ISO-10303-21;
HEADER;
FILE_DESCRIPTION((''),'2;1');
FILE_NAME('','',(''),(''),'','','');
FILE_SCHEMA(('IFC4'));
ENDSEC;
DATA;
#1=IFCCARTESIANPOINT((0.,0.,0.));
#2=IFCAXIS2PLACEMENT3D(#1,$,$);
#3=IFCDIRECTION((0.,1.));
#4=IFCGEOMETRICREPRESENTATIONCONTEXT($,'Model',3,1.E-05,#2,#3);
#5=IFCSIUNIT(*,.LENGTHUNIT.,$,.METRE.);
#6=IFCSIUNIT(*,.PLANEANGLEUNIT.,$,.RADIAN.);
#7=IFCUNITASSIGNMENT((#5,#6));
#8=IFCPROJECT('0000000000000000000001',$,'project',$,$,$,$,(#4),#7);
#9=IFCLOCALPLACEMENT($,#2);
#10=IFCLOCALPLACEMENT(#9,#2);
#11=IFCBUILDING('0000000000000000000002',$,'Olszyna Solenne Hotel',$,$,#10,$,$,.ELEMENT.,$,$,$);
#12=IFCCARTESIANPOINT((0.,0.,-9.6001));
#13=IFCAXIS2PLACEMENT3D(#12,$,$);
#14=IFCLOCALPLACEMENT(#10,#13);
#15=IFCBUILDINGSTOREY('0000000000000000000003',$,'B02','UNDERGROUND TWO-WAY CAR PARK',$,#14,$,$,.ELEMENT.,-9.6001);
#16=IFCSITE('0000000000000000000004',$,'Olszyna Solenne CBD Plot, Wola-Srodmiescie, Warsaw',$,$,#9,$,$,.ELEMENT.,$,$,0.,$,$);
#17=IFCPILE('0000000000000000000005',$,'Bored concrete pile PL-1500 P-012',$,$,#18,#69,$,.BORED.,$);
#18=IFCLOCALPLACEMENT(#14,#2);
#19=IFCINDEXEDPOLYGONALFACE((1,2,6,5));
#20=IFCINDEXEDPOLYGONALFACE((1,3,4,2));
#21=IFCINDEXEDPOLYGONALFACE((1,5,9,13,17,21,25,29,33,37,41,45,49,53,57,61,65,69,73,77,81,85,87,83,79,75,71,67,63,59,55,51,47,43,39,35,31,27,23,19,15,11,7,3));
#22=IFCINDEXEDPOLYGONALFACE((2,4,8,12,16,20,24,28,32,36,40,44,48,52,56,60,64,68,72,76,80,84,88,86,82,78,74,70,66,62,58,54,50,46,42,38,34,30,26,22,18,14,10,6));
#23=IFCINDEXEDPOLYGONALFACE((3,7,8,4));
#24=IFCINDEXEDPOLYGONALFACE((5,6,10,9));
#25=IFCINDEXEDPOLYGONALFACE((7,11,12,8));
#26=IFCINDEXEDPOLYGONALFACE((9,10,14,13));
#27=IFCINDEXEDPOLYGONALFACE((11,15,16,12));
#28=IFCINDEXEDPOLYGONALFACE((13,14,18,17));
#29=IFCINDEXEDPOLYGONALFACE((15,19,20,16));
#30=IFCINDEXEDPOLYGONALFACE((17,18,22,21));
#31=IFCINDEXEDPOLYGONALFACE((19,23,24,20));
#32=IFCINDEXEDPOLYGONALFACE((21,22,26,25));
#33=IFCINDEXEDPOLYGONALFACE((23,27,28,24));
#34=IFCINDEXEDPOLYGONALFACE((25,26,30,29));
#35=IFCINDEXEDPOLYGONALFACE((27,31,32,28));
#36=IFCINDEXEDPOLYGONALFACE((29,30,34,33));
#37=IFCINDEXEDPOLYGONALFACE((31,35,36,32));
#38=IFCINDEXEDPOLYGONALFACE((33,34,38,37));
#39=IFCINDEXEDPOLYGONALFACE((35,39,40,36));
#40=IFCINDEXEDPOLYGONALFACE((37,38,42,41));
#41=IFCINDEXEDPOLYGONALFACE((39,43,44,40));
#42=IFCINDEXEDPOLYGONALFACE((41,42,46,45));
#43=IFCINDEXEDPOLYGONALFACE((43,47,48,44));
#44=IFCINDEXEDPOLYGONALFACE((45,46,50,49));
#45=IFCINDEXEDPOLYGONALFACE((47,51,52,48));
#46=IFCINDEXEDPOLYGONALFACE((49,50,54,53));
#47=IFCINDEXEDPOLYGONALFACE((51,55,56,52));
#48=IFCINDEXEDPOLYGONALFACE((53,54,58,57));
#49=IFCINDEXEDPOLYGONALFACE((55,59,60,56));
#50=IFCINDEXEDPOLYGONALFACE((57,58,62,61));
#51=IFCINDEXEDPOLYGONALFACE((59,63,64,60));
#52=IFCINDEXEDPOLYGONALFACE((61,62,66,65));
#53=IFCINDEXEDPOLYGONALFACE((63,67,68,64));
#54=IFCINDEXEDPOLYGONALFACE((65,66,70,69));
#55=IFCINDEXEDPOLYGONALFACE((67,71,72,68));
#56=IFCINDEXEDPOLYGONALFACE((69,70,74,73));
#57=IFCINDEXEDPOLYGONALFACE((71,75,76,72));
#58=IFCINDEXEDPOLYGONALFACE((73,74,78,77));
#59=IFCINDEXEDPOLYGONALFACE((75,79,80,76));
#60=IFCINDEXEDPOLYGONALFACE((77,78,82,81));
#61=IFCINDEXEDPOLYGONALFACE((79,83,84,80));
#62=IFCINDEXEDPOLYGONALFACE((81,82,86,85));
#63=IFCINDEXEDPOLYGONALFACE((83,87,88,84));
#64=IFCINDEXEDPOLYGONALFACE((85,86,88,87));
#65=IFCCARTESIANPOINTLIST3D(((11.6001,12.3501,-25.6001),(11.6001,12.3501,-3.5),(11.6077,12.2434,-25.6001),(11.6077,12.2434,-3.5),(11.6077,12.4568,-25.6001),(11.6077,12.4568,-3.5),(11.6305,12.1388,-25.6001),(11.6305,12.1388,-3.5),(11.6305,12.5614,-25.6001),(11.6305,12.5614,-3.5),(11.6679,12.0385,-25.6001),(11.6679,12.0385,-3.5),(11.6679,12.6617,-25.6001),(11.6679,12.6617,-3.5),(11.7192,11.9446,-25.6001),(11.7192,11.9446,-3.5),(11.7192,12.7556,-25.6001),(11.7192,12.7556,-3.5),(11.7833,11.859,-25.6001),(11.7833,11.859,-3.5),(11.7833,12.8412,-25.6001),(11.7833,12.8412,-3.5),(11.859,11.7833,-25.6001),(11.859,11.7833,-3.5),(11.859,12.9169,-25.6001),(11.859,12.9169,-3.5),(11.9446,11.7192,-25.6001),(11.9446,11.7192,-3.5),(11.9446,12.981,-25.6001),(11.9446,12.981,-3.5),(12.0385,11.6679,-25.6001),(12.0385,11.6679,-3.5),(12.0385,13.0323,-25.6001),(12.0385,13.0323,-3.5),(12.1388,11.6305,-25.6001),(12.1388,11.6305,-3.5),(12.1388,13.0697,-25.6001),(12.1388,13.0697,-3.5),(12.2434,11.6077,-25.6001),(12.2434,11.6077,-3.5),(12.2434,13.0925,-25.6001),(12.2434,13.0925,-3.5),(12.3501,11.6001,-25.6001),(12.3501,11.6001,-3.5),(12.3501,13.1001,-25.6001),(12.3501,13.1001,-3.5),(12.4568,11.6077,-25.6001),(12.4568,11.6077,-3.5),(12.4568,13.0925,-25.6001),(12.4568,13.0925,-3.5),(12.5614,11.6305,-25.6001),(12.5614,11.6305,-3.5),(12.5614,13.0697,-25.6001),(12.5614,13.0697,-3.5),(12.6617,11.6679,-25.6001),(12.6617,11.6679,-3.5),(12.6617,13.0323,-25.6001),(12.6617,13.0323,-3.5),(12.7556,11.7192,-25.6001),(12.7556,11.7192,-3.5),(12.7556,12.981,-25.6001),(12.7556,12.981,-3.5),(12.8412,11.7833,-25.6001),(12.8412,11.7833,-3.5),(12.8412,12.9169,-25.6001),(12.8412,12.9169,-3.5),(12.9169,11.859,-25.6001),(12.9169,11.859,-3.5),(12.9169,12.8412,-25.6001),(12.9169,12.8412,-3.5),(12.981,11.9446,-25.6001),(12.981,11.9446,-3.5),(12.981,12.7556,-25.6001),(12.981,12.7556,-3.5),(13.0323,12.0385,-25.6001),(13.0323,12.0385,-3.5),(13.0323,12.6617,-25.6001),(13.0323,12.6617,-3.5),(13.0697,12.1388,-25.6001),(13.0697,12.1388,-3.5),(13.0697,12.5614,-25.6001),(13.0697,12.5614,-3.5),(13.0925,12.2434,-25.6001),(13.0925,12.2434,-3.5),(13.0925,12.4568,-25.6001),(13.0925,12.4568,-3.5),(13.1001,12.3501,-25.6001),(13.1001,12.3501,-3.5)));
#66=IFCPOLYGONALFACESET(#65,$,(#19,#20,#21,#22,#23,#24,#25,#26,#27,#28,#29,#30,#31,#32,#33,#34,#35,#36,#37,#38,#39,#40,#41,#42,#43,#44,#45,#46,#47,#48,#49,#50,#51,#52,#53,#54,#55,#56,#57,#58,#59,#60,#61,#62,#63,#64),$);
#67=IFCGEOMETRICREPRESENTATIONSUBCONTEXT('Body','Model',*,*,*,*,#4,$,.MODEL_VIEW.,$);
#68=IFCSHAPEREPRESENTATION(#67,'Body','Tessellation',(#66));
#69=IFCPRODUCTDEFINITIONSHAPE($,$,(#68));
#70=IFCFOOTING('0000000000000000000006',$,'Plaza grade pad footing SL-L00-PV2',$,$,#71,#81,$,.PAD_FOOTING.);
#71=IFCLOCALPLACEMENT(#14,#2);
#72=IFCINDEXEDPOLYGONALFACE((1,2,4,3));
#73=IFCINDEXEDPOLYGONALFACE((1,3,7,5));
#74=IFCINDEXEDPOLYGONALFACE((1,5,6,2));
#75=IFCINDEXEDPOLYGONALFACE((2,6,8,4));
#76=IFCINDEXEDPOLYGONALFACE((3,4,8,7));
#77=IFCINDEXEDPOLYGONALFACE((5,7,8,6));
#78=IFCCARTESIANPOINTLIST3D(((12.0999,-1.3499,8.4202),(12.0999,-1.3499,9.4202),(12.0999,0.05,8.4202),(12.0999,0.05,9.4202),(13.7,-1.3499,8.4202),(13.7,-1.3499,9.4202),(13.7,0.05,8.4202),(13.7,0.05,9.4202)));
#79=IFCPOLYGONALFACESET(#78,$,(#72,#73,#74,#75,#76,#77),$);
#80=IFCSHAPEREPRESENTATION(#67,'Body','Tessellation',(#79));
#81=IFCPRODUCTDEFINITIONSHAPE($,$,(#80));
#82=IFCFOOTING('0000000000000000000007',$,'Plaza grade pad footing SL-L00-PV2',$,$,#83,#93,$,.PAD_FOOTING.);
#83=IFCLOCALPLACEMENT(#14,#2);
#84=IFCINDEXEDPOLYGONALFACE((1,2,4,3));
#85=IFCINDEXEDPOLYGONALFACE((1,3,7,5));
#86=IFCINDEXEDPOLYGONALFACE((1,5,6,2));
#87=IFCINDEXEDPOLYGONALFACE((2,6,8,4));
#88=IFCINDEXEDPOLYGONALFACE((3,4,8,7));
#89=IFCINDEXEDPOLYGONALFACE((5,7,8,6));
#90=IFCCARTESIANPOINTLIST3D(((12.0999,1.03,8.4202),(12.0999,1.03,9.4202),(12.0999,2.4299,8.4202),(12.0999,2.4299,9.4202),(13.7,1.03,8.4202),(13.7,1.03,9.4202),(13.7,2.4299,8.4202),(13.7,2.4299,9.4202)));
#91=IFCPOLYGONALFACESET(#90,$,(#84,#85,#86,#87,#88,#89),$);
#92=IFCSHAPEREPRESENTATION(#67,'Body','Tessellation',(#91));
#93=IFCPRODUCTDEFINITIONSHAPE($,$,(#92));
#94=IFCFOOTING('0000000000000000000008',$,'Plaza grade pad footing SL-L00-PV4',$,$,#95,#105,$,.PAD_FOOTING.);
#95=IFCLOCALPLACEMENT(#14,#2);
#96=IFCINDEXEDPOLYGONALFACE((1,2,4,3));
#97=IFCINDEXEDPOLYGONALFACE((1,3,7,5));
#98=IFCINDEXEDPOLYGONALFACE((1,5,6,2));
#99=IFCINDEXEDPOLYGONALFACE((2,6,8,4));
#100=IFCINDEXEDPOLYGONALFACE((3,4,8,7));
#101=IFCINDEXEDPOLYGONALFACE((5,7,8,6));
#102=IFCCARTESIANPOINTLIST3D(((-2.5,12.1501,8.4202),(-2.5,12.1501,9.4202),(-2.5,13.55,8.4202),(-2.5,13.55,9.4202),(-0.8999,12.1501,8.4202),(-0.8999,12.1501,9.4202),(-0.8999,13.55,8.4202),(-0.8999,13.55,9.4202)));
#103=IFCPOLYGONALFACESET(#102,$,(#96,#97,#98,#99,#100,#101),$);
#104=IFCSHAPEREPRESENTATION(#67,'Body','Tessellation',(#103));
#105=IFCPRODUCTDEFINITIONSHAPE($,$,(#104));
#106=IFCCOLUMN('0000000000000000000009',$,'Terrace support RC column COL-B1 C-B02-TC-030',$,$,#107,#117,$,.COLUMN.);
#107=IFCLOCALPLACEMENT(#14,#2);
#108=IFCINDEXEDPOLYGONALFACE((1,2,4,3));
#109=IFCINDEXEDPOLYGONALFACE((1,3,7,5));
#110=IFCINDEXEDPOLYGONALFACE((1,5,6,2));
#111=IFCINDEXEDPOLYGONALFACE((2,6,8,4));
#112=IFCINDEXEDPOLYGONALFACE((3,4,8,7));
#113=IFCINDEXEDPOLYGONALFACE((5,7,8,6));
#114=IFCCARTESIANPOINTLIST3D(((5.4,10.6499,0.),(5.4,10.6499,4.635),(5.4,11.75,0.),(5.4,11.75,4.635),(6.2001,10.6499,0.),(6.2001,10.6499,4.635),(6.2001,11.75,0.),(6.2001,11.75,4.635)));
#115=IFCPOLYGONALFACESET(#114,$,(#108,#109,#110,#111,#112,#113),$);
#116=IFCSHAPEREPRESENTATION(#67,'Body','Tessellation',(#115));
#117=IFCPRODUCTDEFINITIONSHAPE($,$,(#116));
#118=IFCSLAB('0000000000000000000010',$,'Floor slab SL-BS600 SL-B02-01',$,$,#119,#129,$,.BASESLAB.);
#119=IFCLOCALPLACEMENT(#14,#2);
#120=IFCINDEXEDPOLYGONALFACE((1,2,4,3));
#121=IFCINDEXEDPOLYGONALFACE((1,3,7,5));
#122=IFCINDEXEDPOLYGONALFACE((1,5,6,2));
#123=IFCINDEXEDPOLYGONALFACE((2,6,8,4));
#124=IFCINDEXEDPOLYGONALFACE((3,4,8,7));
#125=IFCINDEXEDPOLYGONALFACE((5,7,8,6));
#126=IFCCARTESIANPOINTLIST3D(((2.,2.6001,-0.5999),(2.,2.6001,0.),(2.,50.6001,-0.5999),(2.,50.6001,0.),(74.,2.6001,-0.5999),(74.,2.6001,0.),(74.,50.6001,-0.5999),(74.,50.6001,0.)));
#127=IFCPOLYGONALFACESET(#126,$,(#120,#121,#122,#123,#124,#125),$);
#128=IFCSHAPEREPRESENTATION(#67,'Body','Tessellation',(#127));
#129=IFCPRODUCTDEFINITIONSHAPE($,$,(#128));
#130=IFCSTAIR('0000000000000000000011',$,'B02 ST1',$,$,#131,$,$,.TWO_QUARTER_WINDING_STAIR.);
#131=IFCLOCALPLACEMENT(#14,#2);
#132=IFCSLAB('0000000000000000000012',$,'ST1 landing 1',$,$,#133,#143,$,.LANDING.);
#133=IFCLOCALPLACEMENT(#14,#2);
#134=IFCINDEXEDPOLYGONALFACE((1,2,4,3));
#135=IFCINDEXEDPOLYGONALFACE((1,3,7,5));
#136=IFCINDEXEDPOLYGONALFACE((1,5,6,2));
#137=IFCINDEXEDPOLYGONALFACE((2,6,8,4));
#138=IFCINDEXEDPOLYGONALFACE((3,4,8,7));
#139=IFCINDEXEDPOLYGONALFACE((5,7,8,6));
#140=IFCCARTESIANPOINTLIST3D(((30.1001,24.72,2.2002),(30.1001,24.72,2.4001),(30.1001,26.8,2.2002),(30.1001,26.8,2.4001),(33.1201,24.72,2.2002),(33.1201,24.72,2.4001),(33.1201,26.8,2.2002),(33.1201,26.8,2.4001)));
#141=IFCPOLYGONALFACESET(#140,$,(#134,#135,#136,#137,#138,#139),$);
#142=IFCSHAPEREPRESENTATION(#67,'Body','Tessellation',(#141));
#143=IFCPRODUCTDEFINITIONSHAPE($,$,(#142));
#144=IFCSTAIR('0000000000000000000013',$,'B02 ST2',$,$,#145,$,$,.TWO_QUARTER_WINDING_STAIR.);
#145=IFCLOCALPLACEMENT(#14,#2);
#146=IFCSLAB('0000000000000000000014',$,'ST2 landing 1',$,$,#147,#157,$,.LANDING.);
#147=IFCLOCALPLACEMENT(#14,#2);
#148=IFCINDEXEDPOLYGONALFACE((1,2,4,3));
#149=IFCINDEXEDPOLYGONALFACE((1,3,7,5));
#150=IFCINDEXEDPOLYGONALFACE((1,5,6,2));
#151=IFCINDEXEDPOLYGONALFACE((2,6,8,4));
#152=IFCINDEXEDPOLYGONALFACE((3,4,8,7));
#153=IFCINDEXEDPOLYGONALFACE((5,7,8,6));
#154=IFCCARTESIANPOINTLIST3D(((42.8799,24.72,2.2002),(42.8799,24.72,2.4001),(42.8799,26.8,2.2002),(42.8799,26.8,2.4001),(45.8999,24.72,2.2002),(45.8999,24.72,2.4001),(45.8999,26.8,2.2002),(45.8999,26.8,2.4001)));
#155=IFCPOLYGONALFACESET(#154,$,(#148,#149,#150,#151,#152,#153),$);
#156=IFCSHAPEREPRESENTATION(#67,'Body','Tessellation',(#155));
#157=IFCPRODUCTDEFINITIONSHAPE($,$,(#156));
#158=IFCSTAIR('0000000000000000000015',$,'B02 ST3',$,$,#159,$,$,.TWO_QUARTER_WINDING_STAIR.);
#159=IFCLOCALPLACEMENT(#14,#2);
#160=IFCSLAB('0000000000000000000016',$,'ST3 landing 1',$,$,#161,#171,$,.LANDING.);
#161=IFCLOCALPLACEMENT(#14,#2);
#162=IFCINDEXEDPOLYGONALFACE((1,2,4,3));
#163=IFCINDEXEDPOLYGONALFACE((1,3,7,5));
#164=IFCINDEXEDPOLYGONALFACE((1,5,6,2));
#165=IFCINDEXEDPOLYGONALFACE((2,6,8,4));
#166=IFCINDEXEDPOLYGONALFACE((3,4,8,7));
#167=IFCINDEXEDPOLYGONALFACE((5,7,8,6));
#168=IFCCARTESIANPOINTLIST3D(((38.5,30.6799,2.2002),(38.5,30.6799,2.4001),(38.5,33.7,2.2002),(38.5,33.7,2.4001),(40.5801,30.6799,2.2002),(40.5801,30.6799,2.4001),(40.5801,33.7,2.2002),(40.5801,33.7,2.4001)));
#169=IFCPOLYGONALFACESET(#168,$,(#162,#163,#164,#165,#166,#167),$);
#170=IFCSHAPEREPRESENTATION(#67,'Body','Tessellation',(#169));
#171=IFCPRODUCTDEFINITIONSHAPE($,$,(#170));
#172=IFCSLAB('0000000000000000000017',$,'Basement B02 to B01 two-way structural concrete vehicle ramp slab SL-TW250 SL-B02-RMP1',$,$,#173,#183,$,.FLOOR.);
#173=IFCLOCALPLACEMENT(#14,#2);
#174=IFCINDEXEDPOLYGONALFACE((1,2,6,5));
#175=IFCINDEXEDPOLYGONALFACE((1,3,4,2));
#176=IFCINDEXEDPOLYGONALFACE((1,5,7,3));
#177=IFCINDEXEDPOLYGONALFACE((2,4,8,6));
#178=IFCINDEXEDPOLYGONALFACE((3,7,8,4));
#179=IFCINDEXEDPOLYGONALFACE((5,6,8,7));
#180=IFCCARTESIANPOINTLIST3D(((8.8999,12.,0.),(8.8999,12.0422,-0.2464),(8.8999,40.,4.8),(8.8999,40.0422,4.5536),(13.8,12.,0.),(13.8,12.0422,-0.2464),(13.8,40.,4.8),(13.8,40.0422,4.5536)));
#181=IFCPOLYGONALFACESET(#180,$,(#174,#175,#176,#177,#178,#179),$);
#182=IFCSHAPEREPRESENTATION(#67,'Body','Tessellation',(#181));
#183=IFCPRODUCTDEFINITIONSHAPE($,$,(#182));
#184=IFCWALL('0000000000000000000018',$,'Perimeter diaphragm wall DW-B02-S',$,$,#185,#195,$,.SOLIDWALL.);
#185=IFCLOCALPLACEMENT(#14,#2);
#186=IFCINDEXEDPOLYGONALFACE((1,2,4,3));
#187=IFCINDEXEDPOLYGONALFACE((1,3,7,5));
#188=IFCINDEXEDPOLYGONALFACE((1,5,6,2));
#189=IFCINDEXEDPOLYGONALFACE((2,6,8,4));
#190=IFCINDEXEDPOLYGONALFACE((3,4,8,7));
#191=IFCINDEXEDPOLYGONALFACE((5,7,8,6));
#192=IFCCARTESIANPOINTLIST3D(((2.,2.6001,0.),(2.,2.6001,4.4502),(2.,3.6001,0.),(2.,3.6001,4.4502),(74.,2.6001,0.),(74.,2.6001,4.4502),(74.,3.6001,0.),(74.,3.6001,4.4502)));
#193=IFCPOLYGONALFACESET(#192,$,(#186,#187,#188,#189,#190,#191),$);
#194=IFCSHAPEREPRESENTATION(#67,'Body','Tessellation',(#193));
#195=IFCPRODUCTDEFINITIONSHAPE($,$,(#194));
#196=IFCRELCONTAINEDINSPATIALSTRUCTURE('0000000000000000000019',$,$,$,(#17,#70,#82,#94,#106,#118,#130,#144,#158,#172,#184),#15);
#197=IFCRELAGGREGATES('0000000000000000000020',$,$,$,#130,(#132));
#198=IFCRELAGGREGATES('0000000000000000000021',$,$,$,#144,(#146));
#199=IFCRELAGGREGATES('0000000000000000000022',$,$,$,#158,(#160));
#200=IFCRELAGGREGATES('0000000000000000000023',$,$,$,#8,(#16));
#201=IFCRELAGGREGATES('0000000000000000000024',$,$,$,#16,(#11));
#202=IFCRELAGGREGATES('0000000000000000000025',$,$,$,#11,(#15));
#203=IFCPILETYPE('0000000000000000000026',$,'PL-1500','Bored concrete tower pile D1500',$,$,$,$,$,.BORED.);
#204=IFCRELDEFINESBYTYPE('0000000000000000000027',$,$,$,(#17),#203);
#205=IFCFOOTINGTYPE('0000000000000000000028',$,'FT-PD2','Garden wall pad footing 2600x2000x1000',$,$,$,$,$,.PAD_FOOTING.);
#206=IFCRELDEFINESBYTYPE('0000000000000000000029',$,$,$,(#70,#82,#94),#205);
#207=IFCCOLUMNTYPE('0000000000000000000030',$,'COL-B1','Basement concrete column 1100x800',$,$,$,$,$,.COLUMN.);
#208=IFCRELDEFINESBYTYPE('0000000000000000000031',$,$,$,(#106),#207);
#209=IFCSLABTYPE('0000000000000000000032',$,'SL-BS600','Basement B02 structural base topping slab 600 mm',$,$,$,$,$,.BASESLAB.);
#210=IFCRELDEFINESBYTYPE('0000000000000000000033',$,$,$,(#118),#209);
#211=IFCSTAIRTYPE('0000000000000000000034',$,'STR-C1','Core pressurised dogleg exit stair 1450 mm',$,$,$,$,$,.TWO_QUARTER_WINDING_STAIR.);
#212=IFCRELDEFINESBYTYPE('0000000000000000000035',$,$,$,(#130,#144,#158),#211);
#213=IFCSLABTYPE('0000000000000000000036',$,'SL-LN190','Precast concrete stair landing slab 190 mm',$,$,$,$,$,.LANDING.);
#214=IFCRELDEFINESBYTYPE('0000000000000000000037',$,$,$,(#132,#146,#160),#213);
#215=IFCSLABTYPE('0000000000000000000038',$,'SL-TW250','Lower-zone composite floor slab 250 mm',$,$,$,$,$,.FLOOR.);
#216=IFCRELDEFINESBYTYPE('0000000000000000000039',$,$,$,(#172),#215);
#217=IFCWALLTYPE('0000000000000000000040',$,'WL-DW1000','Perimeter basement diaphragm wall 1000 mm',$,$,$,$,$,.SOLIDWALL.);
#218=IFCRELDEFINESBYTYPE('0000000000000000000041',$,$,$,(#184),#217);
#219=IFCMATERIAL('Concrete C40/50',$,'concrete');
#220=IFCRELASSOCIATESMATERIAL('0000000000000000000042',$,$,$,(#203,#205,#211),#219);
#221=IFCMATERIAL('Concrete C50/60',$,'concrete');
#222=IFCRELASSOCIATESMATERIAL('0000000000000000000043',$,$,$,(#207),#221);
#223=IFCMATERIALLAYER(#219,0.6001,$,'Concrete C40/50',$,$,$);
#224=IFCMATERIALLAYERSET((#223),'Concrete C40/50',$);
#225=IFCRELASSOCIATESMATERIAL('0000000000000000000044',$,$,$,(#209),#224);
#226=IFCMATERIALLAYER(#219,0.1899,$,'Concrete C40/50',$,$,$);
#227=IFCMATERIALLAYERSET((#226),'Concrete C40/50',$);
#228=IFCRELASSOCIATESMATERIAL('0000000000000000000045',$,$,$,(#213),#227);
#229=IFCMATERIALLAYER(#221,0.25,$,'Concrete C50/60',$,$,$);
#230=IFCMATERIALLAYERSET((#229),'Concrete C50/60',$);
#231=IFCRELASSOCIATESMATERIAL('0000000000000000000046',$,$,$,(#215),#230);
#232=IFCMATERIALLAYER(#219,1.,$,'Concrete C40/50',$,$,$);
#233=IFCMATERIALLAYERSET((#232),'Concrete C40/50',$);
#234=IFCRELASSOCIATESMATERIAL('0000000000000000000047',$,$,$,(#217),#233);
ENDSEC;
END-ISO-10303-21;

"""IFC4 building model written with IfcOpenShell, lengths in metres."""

from ifc_helpers import new_model, si_unit, direction, frame, frame_2d, origin, origin_2d, place, context, subcontext, project, spatial, polyline, rectangle, circle, outline, extrude, source, transform, mapped, material, layer, layer_set, material_profile, profile_set, type_object, element, aggregate, save


model = new_model("IFC4")

# Units and contexts
model_context = context("Model", 3, precision=1e-05, world=origin(), true_north=direction((0.0, 1.0)))
body_context = subcontext(model_context, "Body", "Model", "MODEL_VIEW")
ifc_project = project(units=[si_unit("LENGTHUNIT", "METRE"), si_unit("PLANEANGLEUNIT", "RADIAN")], contexts=[model_context])

# Site, building, storey
site_placement = place(None, origin())
site = spatial("IfcSite", under=ifc_project, at=site_placement, Name="Olszyna Solenne CBD Plot, Wola-Srodmiescie, Warsaw", CompositionType="ELEMENT", RefElevation=0.0)
building_placement = place(site_placement, origin())
building = spatial("IfcBuilding", under=site, at=building_placement, Name="Olszyna Solenne Hotel", CompositionType="ELEMENT")
storey_placement = place(building_placement, frame((0.0, 0.0, -9.6001)))
storey = spatial("IfcBuildingStorey", under=building, at=storey_placement, Name="B02", Description="UNDERGROUND TWO-WAY CAR PARK", CompositionType="ELEMENT", Elevation=-9.6001)

# Pile
ifc_material_1 = material(Name="Concrete C40/50", Category="concrete")
ifc_material_profile_1 = material_profile(ifc_material_1, circle(Radius=0.75, at=origin_2d()), Name="BORED PILE 1500", Category="load-bearing")
ifc_profile_set_1 = profile_set([ifc_material_profile_1], Name="Concrete C40/50")
pile_type_1 = type_object("IfcPileType", Name="PL-1500", Description="Bored concrete tower pile D1500", PredefinedType="BORED", material=ifc_profile_set_1)
shared_shape_1 = source(origin(), body_context, "Body", "SweptSolid", [
    extrude(circle(Radius=0.75, at=origin_2d()), origin(), (0.0, 0.0, 1.0), 22.1001),
])
for number, where, z_axis, x_axis, name in (
    (1, (12.3501, 12.3501, -3.5), (0.0, 0.0, -1.0), (1.0, 0.0, 0.0), "Bored concrete pile PL-1500 P-012"),
):
    element("IfcPile", number, at=place(storey_placement, frame(where, z_axis=z_axis, x_axis=x_axis)), inside=storey, type_object=pile_type_1, Name=name, PredefinedType="BORED", context=body_context, shape_type="MappedRepresentation", body=[
        mapped(shared_shape_1, transform((0.0, 0.0, 0.0), x_axis=(1.0, 0.0, 0.0), y_axis=(0.0, 1.0, 0.0), z_axis=(0.0, 0.0, 1.0), scale=1.0)),
    ])

# Footings
footing_type = type_object("IfcFootingType", Name="FT-PD2", Description="Garden wall pad footing 2600x2000x1000", PredefinedType="PAD_FOOTING", material=ifc_material_1)
shared_shape_2 = source(origin(), body_context, "Body", "SweptSolid", [
    extrude(rectangle(XDim=1.6001, YDim=1.3999, at=origin_2d()), origin(), (0.0, 0.0, 1.0), 1.0),
])
for number, where, z_axis, x_axis, name in (
    (2, (12.8999, -0.6499, 8.4202), (0.0, 0.0, 1.0), (1.0, 0.0, 0.0), "Plaza grade pad footing SL-L00-PV2"),
    (3, (12.8999, 1.73, 8.4202), (0.0, 0.0, 1.0), (1.0, 0.0, 0.0), "Plaza grade pad footing SL-L00-PV2"),
    (4, (-1.7, 12.8501, 8.4202), (0.0, 0.0, 1.0), (1.0, 0.0, 0.0), "Plaza grade pad footing SL-L00-PV4"),
):
    element("IfcFooting", number, at=place(storey_placement, frame(where, z_axis=z_axis, x_axis=x_axis)), inside=storey, type_object=footing_type, Name=name, PredefinedType="PAD_FOOTING", context=body_context, shape_type="MappedRepresentation", body=[
        mapped(shared_shape_2, transform((0.0, 0.0, 0.0), x_axis=(1.0, 0.0, 0.0), y_axis=(0.0, 1.0, 0.0), z_axis=(0.0, 0.0, 1.0), scale=1.0)),
    ])

# Column
ifc_material_2 = material(Name="Concrete C50/60", Category="concrete")
ifc_material_profile_2 = material_profile(ifc_material_2, rectangle(XDim=0.8, YDim=1.1001, at=origin_2d()), Name="RC 1100x800", Category="load-bearing")
ifc_profile_set_2 = profile_set([ifc_material_profile_2], Name="Concrete C50/60")
column_type = type_object("IfcColumnType", Name="COL-B1", Description="Basement concrete column 1100x800", PredefinedType="COLUMN", material=ifc_profile_set_2)
shared_shape_3 = source(origin(), body_context, "Body", "SweptSolid", [
    extrude(rectangle(XDim=0.8, YDim=1.1001, at=origin_2d()), origin(), (0.0, 0.0, 1.0), 4.635),
])
column_placement = place(storey_placement, frame((5.8, 11.2, 0.0), z_axis=(0.0, 0.0, 1.0), x_axis=(1.0, 0.0, 0.0)))
element("IfcColumn", 5, at=column_placement, inside=storey, type_object=column_type, Name="Terrace support RC column COL-B1 C-B02-TC-030", PredefinedType="COLUMN", context=body_context, shape_type="MappedRepresentation", body=[
    mapped(shared_shape_3, transform((0.0, 0.0, 0.0), x_axis=(1.0, 0.0, 0.0), y_axis=(0.0, 1.0, 0.0), z_axis=(0.0, 0.0, 1.0), scale=1.0)),
])

# Slab
ifc_layer_1 = layer(ifc_material_1, 0.6001, Name="Concrete C40/50")
ifc_layer_set_1 = layer_set([ifc_layer_1], Name="Concrete C40/50")
slab_type_1 = type_object("IfcSlabType", Name="SL-BS600", Description="Basement B02 structural base topping slab 600 mm", PredefinedType="BASESLAB", material=ifc_layer_set_1)
slab_1_placement = place(storey_placement, frame((0.0, 0.0, -0.5999)))
element("IfcSlab", 6, at=slab_1_placement, inside=storey, type_object=slab_type_1, Name="Floor slab SL-BS600 SL-B02-01", PredefinedType="BASESLAB", context=body_context, shape_type="SweptSolid", body=[
    extrude(outline(polyline([(2.0, 2.6001), (74.0, 2.6001), (74.0, 50.6001), (2.0, 50.6001), (2.0, 2.6001)])), origin(), (0.0, 0.0, 1.0), 0.5999),
])

# Stairs, slabs
stair_type = type_object("IfcStairType", Name="STR-C1", Description="Core pressurised dogleg exit stair 1450 mm", PredefinedType="TWO_QUARTER_WINDING_STAIR", material=ifc_material_1)
stair_1_placement = place(storey_placement, origin())
stair_1 = element("IfcStair", 7, at=stair_1_placement, inside=storey, type_object=stair_type, Name="B02 ST1", PredefinedType="TWO_QUARTER_WINDING_STAIR")
ifc_layer_2 = layer(ifc_material_1, 0.1899, Name="Concrete C40/50")
ifc_layer_set_2 = layer_set([ifc_layer_2], Name="Concrete C40/50")
slab_type_2 = type_object("IfcSlabType", Name="SL-LN190", Description="Precast concrete stair landing slab 190 mm", PredefinedType="LANDING", material=ifc_layer_set_2)
slab_2_placement = place(storey_placement, frame((0.0, 0.0, 2.2002)))
slab_2 = element("IfcSlab", 8, at=slab_2_placement, type_object=slab_type_2, Name="ST1 landing 1", PredefinedType="LANDING", context=body_context, shape_type="SweptSolid", body=[
    extrude(outline(polyline([(33.1201, 24.72), (33.1201, 26.8), (30.1001, 26.8), (30.1001, 24.72), (33.1201, 24.72)])), origin(), (0.0, 0.0, 1.0), 0.2),
])
aggregate(stair_1, [slab_2])
stair_2_placement = place(storey_placement, origin())
stair_2 = element("IfcStair", 9, at=stair_2_placement, inside=storey, type_object=stair_type, Name="B02 ST2", PredefinedType="TWO_QUARTER_WINDING_STAIR")
slab_3_placement = place(storey_placement, frame((0.0, 0.0, 2.2002)))
slab_3 = element("IfcSlab", 10, at=slab_3_placement, type_object=slab_type_2, Name="ST2 landing 1", PredefinedType="LANDING", context=body_context, shape_type="SweptSolid", body=[
    extrude(outline(polyline([(45.8999, 24.72), (45.8999, 26.8), (42.8799, 26.8), (42.8799, 24.72), (45.8999, 24.72)])), origin(), (0.0, 0.0, 1.0), 0.2),
])
aggregate(stair_2, [slab_3])
stair_3_placement = place(storey_placement, origin())
stair_3 = element("IfcStair", 11, at=stair_3_placement, inside=storey, type_object=stair_type, Name="B02 ST3", PredefinedType="TWO_QUARTER_WINDING_STAIR")
slab_4_placement = place(storey_placement, frame((0.0, 0.0, 2.2002)))
slab_4 = element("IfcSlab", 12, at=slab_4_placement, type_object=slab_type_2, Name="ST3 landing 1", PredefinedType="LANDING", context=body_context, shape_type="SweptSolid", body=[
    extrude(outline(polyline([(38.5, 30.6799), (40.5801, 30.6799), (40.5801, 33.7), (38.5, 33.7), (38.5, 30.6799)])), origin(), (0.0, 0.0, 1.0), 0.2),
])
aggregate(stair_3, [slab_4])

# Slab
ifc_layer_3 = layer(ifc_material_2, 0.25, Name="Concrete C50/60")
ifc_layer_set_3 = layer_set([ifc_layer_3], Name="Concrete C50/60")
slab_type_3 = type_object("IfcSlabType", Name="SL-TW250", Description="Lower-zone composite floor slab 250 mm", PredefinedType="FLOOR", material=ifc_layer_set_3)
slab_5_placement = place(storey_placement, frame((8.8999, 12.0, 0.0), z_axis=(0.0, -0.168965, 0.985622), x_axis=(1.0, 0.0, 0.0)))
element("IfcSlab", 13, at=slab_5_placement, inside=storey, type_object=slab_type_3, Name="Basement B02 to B01 two-way structural concrete vehicle ramp slab SL-TW250 SL-B02-RMP1", PredefinedType="FLOOR", context=body_context, shape_type="SweptSolid", body=[
    extrude(outline(polyline([(0.0, 0.0), (4.9001, 0.0), (4.9001, 28.4085), (0.0, 28.4085), (0.0, 0.0)])), origin(), (0.0, 0.0, -1.0), 0.25),
])

# Wall
ifc_layer_4 = layer(ifc_material_1, 1.0, Name="Concrete C40/50")
ifc_layer_set_4 = layer_set([ifc_layer_4], Name="Concrete C40/50")
wall_type_1 = type_object("IfcWallType", Name="WL-DW1000", Description="Perimeter basement diaphragm wall 1000 mm", PredefinedType="SOLIDWALL", material=ifc_layer_set_4)
wall_1_placement = place(storey_placement, frame((2.0, 3.1001, 0.0), z_axis=(0.0, 0.0, 1.0), x_axis=(1.0, 0.0, 0.0)))
element("IfcWall", 14, at=wall_1_placement, inside=storey, type_object=wall_type_1, Name="Perimeter diaphragm wall DW-B02-S", PredefinedType="SOLIDWALL", context=body_context, shape_type="SweptSolid", body=[
    extrude(rectangle(XDim=72.0, YDim=1.0, at=frame_2d((36.0, 0.0))), origin(), (0.0, 0.0, 1.0), 4.4502),
])

save(model, "model.ifc")
